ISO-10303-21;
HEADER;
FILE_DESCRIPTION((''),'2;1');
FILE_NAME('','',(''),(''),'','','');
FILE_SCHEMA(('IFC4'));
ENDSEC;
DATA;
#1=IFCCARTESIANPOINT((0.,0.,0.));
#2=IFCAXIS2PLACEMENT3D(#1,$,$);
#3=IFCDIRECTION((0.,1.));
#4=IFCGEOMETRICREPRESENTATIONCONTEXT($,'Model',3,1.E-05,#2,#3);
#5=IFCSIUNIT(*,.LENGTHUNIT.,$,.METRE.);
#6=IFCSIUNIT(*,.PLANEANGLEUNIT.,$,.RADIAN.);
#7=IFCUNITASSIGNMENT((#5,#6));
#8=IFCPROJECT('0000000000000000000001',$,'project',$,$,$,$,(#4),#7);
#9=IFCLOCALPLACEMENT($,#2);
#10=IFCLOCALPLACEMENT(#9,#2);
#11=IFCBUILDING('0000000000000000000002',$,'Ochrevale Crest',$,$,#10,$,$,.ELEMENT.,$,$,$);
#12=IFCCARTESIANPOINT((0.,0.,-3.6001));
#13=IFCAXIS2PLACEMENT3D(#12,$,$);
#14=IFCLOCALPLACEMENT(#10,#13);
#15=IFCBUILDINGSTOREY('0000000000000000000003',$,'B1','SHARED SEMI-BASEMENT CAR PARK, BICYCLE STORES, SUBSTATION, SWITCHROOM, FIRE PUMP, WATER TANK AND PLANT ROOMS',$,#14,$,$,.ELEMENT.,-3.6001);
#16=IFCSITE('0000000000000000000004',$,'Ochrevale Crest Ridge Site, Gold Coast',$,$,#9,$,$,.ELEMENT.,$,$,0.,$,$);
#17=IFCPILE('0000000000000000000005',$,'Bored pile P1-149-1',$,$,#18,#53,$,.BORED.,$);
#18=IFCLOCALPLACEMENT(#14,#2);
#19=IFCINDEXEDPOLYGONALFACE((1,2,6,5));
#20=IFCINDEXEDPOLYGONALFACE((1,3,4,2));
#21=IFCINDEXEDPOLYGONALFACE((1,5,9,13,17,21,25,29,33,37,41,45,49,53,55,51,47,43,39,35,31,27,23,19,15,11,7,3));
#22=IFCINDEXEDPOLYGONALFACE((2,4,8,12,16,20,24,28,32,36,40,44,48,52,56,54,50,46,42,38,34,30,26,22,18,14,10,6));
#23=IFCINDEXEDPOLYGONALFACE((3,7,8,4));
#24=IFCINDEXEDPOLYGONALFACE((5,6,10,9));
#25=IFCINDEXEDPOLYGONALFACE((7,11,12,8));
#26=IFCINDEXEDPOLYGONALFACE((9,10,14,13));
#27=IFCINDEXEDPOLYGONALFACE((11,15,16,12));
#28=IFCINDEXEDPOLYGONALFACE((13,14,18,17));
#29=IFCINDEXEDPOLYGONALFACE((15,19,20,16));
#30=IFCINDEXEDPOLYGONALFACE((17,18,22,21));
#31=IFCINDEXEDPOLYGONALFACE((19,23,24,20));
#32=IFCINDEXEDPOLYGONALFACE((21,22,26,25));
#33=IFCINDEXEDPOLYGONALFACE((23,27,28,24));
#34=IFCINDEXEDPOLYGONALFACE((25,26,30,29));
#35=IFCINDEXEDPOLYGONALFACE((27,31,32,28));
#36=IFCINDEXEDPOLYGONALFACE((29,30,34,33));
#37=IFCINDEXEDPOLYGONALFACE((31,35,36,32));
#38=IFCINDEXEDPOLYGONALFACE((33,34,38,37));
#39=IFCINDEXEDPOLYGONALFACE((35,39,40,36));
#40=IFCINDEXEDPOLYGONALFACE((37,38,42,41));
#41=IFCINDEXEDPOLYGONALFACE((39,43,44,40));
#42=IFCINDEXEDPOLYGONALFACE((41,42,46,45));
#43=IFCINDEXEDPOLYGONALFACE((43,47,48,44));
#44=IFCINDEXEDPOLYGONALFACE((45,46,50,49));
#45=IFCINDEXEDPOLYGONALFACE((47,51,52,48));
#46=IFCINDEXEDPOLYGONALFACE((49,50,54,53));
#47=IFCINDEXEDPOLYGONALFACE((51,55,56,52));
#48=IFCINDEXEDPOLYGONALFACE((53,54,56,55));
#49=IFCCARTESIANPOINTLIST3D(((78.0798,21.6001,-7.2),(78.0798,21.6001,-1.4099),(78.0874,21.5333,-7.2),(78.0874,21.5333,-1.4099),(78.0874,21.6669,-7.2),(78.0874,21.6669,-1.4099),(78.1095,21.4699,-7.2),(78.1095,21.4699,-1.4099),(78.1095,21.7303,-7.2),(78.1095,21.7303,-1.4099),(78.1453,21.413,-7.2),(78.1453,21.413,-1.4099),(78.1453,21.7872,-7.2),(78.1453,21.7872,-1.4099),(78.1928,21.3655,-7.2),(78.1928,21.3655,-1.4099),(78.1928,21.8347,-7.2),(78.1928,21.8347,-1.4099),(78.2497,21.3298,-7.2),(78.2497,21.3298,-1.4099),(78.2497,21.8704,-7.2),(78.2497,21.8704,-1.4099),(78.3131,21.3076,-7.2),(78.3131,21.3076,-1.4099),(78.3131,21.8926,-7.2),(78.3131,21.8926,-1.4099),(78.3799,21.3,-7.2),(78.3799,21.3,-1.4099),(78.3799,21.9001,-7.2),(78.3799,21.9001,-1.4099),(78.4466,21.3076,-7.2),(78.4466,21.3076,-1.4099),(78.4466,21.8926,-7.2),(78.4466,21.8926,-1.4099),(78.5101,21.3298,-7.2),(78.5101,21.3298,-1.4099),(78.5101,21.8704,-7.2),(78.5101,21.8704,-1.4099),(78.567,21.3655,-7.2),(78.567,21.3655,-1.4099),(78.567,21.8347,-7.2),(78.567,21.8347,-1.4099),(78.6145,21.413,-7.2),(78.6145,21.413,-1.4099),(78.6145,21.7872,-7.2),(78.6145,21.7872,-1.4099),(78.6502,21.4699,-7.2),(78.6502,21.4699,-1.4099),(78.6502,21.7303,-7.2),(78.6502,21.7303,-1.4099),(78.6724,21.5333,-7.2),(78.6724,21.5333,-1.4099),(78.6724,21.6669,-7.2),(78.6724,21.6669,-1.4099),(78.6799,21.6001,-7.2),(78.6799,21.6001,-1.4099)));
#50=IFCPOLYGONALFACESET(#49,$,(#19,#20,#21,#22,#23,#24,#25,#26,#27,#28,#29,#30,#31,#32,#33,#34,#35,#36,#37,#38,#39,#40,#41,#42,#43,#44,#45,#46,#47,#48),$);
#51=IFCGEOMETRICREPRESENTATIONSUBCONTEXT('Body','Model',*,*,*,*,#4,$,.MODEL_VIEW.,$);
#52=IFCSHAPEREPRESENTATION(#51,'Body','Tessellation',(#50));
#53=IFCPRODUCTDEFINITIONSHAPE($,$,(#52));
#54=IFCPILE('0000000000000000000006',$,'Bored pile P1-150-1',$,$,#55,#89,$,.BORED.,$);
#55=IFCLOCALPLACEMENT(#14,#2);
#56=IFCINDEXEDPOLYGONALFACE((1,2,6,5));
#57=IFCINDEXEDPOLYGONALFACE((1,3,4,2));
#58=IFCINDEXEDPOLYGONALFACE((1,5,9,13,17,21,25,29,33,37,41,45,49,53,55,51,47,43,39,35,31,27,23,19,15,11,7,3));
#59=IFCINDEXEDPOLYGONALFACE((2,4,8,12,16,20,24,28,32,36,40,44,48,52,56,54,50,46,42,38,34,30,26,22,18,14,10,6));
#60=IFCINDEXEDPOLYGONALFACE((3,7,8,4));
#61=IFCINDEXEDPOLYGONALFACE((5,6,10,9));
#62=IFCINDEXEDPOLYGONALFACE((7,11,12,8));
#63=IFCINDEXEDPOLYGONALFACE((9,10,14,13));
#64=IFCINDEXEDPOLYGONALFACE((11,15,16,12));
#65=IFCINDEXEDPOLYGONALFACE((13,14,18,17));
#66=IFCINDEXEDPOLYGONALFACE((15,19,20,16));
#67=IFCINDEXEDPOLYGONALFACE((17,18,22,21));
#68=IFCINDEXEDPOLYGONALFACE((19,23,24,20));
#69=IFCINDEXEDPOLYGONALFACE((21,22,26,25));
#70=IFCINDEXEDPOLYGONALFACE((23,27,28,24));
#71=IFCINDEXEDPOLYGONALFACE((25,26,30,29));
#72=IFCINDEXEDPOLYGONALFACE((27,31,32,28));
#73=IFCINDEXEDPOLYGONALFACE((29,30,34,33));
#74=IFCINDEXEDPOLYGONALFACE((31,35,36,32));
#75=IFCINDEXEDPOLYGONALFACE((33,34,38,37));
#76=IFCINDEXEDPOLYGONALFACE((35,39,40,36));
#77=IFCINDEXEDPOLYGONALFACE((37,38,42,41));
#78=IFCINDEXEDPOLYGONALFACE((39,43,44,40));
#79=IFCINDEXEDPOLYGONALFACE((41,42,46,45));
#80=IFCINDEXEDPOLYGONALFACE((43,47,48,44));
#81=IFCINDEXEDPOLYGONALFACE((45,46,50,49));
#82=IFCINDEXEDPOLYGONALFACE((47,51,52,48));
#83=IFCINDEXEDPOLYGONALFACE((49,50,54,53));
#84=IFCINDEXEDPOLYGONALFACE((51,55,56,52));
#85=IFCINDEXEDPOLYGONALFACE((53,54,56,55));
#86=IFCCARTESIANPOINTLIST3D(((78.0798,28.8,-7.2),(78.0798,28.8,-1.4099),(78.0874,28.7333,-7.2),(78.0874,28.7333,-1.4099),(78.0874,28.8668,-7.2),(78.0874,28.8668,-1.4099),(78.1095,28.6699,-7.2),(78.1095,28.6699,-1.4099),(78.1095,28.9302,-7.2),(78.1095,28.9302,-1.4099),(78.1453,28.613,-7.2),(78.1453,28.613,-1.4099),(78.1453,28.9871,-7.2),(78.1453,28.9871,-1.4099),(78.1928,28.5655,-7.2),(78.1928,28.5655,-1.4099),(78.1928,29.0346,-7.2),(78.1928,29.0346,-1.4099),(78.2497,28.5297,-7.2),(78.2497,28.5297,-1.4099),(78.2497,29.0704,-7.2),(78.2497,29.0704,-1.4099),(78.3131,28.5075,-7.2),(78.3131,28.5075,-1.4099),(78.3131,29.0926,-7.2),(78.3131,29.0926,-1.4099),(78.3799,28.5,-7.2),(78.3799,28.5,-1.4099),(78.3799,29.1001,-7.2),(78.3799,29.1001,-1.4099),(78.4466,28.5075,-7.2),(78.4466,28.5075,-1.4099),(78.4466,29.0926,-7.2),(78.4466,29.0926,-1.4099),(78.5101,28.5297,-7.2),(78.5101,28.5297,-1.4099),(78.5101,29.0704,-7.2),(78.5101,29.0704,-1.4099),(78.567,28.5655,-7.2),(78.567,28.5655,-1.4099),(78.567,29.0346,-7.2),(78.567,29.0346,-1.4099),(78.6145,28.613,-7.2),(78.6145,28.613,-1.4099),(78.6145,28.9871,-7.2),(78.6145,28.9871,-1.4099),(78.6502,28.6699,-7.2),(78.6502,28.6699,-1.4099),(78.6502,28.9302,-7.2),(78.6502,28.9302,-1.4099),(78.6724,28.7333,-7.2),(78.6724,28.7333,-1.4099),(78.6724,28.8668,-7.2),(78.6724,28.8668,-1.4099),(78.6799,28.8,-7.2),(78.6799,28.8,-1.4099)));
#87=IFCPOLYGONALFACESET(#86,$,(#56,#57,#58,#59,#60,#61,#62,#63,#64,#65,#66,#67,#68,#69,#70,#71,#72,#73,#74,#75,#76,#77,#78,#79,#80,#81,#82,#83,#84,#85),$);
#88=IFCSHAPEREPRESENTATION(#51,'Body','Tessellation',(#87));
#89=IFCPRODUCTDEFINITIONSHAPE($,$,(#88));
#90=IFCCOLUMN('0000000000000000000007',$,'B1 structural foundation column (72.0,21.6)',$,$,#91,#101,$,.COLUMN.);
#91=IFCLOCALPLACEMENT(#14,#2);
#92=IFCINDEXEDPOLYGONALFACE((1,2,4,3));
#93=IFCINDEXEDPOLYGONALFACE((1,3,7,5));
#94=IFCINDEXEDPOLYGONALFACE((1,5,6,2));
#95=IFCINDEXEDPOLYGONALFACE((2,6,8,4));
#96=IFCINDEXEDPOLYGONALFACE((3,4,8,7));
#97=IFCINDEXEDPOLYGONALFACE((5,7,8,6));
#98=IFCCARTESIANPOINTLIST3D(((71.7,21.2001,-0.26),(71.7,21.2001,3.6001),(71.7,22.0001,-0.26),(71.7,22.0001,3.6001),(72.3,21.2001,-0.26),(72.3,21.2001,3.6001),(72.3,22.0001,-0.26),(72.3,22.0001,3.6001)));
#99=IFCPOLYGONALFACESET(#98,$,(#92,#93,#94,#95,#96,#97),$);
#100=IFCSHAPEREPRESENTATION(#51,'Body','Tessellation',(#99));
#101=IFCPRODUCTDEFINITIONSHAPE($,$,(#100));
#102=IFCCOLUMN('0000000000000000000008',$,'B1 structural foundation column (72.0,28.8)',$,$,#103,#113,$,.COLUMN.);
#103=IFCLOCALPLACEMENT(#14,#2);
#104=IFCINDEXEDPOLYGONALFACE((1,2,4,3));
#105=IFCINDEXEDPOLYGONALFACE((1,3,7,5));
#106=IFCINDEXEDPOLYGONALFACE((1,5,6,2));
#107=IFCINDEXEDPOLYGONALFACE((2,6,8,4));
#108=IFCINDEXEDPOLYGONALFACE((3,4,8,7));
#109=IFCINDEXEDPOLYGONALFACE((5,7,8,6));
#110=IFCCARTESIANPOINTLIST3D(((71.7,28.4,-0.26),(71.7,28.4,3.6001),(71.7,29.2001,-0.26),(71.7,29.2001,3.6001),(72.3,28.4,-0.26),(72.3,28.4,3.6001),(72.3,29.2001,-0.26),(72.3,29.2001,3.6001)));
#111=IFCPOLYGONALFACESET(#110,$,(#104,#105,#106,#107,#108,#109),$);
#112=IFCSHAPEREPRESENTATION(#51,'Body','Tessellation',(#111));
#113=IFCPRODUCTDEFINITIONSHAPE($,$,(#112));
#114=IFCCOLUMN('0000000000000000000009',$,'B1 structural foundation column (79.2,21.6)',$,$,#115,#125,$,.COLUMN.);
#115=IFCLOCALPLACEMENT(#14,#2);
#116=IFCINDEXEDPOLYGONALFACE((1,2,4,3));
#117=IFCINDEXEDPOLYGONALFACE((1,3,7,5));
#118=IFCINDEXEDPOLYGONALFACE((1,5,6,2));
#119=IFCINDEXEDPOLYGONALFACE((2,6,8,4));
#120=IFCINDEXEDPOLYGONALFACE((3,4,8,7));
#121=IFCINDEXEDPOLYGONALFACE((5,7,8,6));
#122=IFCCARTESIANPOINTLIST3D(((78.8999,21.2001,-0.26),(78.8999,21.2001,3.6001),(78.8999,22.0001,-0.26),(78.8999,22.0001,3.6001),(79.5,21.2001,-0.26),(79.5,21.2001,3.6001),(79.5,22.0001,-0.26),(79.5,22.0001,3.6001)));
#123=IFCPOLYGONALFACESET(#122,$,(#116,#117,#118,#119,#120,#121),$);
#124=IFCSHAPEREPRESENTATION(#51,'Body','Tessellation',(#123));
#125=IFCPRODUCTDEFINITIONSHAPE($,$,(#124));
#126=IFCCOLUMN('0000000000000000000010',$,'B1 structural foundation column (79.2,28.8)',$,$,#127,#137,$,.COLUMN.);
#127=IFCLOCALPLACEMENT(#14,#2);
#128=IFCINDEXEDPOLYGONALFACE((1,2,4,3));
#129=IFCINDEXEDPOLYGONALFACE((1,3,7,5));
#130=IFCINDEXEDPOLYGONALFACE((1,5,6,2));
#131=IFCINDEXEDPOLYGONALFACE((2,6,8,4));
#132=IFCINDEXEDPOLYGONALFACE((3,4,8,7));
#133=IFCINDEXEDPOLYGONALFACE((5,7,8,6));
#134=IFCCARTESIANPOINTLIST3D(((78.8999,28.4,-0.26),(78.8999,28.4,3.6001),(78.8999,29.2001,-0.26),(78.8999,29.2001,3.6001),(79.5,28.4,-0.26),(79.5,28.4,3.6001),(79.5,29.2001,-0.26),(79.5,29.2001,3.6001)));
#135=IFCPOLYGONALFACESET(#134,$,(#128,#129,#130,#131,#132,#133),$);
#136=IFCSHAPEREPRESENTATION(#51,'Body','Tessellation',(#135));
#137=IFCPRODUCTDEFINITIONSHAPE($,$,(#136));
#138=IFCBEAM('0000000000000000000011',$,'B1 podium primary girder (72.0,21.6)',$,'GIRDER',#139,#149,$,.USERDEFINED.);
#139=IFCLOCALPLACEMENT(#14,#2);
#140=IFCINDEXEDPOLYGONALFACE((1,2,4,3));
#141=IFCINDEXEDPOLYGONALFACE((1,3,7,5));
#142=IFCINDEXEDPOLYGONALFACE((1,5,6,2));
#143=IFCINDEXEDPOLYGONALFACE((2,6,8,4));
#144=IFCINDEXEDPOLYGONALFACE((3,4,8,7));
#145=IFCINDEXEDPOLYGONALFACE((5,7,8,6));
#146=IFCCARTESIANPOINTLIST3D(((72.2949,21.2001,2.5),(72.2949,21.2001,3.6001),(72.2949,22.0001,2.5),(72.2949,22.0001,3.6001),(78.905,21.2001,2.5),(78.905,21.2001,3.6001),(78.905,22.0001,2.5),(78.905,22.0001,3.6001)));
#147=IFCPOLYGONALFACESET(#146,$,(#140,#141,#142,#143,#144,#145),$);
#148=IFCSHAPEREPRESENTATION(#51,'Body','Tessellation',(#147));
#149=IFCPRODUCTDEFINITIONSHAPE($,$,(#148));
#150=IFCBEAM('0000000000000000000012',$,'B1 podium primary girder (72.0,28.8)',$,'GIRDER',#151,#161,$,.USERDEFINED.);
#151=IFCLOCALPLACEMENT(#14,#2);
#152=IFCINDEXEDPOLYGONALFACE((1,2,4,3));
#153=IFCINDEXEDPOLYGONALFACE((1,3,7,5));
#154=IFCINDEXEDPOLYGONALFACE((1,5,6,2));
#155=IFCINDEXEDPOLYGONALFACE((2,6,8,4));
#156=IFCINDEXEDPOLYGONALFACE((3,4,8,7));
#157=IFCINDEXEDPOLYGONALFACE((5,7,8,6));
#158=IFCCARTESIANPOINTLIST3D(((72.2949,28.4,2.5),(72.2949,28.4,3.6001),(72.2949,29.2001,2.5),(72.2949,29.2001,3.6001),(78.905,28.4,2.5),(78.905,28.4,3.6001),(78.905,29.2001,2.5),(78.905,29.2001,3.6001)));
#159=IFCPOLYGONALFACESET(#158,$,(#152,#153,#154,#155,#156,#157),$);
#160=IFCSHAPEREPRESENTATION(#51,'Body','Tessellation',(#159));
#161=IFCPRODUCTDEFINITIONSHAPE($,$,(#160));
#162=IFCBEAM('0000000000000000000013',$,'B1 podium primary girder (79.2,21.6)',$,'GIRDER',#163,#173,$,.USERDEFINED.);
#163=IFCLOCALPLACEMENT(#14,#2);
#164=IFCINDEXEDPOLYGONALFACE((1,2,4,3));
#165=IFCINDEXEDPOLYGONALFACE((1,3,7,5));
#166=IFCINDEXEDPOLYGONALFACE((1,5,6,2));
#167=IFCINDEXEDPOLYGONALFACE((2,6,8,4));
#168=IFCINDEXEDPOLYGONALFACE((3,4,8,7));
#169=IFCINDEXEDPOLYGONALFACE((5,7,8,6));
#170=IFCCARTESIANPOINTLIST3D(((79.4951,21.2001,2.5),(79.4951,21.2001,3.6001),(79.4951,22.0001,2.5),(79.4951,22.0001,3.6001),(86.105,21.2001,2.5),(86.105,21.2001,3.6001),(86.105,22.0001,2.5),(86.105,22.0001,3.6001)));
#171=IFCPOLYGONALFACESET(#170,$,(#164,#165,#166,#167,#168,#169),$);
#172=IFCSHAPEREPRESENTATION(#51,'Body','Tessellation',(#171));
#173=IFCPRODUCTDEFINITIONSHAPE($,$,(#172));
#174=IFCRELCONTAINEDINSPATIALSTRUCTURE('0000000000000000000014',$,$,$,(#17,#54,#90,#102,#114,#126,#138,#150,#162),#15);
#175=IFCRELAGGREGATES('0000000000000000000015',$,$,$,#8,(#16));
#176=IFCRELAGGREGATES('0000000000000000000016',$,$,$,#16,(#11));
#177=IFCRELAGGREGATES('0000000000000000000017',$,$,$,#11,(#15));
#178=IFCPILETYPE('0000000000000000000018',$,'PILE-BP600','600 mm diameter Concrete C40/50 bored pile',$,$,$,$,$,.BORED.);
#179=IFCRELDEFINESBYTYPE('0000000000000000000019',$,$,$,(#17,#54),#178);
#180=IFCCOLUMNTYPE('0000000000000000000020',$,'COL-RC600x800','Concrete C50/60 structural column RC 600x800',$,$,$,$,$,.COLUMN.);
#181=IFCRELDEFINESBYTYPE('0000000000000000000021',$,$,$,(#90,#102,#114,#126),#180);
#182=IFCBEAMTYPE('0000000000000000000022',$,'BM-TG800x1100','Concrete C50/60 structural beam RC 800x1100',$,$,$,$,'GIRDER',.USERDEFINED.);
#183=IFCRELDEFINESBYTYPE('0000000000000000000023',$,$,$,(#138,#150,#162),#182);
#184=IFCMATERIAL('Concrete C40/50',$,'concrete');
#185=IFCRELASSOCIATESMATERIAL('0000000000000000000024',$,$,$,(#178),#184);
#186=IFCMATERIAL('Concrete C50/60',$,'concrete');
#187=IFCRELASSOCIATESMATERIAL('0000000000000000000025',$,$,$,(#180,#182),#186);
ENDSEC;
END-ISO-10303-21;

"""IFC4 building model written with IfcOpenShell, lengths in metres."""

from ifc_helpers import new_model, si_unit, direction, frame, origin, origin_2d, place, context, subcontext, project, spatial, rectangle, circle, extrude, material, material_profile, profile_set, type_object, element, save


model = new_model("IFC4")

# Units and contexts
model_context = context("Model", 3, precision=1e-05, world=origin(), true_north=direction((0.0, 1.0)))
body_context = subcontext(model_context, "Body", "Model", "MODEL_VIEW")
ifc_project = project(units=[si_unit("LENGTHUNIT", "METRE"), si_unit("PLANEANGLEUNIT", "RADIAN")], contexts=[model_context])

# Site, building, storey
site_placement = place(None, origin())
site = spatial("IfcSite", under=ifc_project, at=site_placement, Name="Ochrevale Crest Ridge Site, Gold Coast", CompositionType="ELEMENT", RefElevation=0.0)
building_placement = place(site_placement, origin())
building = spatial("IfcBuilding", under=site, at=building_placement, Name="Ochrevale Crest", CompositionType="ELEMENT")
storey_placement = place(building_placement, frame((0.0, 0.0, -3.6001)))
storey = spatial("IfcBuildingStorey", under=building, at=storey_placement, Name="B1", Description="SHARED SEMI-BASEMENT CAR PARK, BICYCLE STORES, SUBSTATION, SWITCHROOM, FIRE PUMP, WATER TANK AND PLANT ROOMS", CompositionType="ELEMENT", Elevation=-3.6001)

# Shared definitions
ifc_material_1 = material(Name="Concrete C40/50", Category="concrete")

# Piles
ifc_material_profile_1 = material_profile(ifc_material_1, circle(Radius=0.3, at=origin_2d()), Name="BORED PILE 600")
ifc_profile_set_1 = profile_set([ifc_material_profile_1], Name="Concrete C40/50")
pile_type = type_object("IfcPileType", Name="PILE-BP600", Description="600 mm diameter Concrete C40/50 bored pile", PredefinedType="BORED", material=ifc_profile_set_1)
for number, where, z_axis, x_axis, name in (
    (1, (78.3799, 21.6001, -1.4099), (0.0, 0.0, -1.0), (1.0, 0.0, 0.0), "Bored pile P1-149-1"),
    (2, (78.3799, 28.8, -1.4099), (0.0, 0.0, -1.0), (1.0, 0.0, 0.0), "Bored pile P1-150-1"),
):
    element("IfcPile", number, at=place(storey_placement, frame(where, z_axis=z_axis, x_axis=x_axis)), inside=storey, type_object=pile_type, Name=name, PredefinedType="BORED", context=body_context, shape_type="SweptSolid", body=[
        extrude(circle(Radius=0.3, at=origin_2d()), origin(), (0.0, 0.0, 1.0), 5.79),
    ])

# Columns
ifc_material_2 = material(Name="Concrete C50/60", Category="concrete")
ifc_material_profile_2 = material_profile(ifc_material_2, rectangle(XDim=0.6001, YDim=0.8, at=origin_2d()), Name="RC 600x800")
ifc_profile_set_2 = profile_set([ifc_material_profile_2], Name="Concrete C50/60")
column_type = type_object("IfcColumnType", Name="COL-RC600x800", Description="Concrete C50/60 structural column RC 600x800", PredefinedType="COLUMN", material=ifc_profile_set_2)
for number, where, z_axis, x_axis, name in (
    (3, (72.0, 21.6001, -0.26), (0.0, 0.0, 1.0), (1.0, 0.0, 0.0), "B1 structural foundation column (72.0,21.6)"),
    (4, (72.0, 28.8, -0.26), (0.0, 0.0, 1.0), (1.0, 0.0, 0.0), "B1 structural foundation column (72.0,28.8)"),
    (5, (79.2, 21.6001, -0.26), (0.0, 0.0, 1.0), (1.0, 0.0, 0.0), "B1 structural foundation column (79.2,21.6)"),
    (6, (79.2, 28.8, -0.26), (0.0, 0.0, 1.0), (1.0, 0.0, 0.0), "B1 structural foundation column (79.2,28.8)"),
):
    element("IfcColumn", number, at=place(storey_placement, frame(where, z_axis=z_axis, x_axis=x_axis)), inside=storey, type_object=column_type, Name=name, PredefinedType="COLUMN", context=body_context, shape_type="SweptSolid", body=[
        extrude(rectangle(XDim=0.6001, YDim=0.8, at=origin_2d()), origin(), (0.0, 0.0, 1.0), 3.8601),
    ])

# Beams
ifc_material_profile_3 = material_profile(ifc_material_2, rectangle(XDim=0.8, YDim=1.1001, at=origin_2d()), Name="RC 800x1100")
ifc_profile_set_3 = profile_set([ifc_material_profile_3], Name="Concrete C50/60")
beam_type_1 = type_object("IfcBeamType", Name="BM-TG800x1100", Description="Concrete C50/60 structural beam RC 800x1100", ElementType="GIRDER", PredefinedType="USERDEFINED", material=ifc_profile_set_3)
for number, where, z_axis, x_axis, name in (
    (7, (72.2949, 21.6001, 3.05), (1.0, 0.0, 0.0), (0.0, 1.0, 0.0), "B1 podium primary girder (72.0,21.6)"),
    (8, (72.2949, 28.8, 3.05), (1.0, 0.0, 0.0), (0.0, 1.0, 0.0), "B1 podium primary girder (72.0,28.8)"),
):
    element("IfcBeam", number, at=place(storey_placement, frame(where, z_axis=z_axis, x_axis=x_axis)), inside=storey, type_object=beam_type_1, Name=name, ObjectType="GIRDER", PredefinedType="USERDEFINED", context=body_context, shape_type="SweptSolid", body=[
        extrude(rectangle(XDim=0.8, YDim=1.1001, at=origin_2d()), origin(), (0.0, 0.0, 1.0), 6.6101),
    ])
beam_placement = place(storey_placement, frame((79.4951, 21.6001, 3.05), z_axis=(1.0, 0.0, 0.0), x_axis=(0.0, 1.0, 0.0)))
element("IfcBeam", 9, at=beam_placement, inside=storey, type_object=beam_type_1, Name="B1 podium primary girder (79.2,21.6)", ObjectType="GIRDER", PredefinedType="USERDEFINED", context=body_context, shape_type="SweptSolid", body=[
    extrude(rectangle(XDim=0.8, YDim=1.1001, at=origin_2d()), origin(), (0.0, 0.0, 1.0), 6.6099),
])

save(model, "model.ifc")
